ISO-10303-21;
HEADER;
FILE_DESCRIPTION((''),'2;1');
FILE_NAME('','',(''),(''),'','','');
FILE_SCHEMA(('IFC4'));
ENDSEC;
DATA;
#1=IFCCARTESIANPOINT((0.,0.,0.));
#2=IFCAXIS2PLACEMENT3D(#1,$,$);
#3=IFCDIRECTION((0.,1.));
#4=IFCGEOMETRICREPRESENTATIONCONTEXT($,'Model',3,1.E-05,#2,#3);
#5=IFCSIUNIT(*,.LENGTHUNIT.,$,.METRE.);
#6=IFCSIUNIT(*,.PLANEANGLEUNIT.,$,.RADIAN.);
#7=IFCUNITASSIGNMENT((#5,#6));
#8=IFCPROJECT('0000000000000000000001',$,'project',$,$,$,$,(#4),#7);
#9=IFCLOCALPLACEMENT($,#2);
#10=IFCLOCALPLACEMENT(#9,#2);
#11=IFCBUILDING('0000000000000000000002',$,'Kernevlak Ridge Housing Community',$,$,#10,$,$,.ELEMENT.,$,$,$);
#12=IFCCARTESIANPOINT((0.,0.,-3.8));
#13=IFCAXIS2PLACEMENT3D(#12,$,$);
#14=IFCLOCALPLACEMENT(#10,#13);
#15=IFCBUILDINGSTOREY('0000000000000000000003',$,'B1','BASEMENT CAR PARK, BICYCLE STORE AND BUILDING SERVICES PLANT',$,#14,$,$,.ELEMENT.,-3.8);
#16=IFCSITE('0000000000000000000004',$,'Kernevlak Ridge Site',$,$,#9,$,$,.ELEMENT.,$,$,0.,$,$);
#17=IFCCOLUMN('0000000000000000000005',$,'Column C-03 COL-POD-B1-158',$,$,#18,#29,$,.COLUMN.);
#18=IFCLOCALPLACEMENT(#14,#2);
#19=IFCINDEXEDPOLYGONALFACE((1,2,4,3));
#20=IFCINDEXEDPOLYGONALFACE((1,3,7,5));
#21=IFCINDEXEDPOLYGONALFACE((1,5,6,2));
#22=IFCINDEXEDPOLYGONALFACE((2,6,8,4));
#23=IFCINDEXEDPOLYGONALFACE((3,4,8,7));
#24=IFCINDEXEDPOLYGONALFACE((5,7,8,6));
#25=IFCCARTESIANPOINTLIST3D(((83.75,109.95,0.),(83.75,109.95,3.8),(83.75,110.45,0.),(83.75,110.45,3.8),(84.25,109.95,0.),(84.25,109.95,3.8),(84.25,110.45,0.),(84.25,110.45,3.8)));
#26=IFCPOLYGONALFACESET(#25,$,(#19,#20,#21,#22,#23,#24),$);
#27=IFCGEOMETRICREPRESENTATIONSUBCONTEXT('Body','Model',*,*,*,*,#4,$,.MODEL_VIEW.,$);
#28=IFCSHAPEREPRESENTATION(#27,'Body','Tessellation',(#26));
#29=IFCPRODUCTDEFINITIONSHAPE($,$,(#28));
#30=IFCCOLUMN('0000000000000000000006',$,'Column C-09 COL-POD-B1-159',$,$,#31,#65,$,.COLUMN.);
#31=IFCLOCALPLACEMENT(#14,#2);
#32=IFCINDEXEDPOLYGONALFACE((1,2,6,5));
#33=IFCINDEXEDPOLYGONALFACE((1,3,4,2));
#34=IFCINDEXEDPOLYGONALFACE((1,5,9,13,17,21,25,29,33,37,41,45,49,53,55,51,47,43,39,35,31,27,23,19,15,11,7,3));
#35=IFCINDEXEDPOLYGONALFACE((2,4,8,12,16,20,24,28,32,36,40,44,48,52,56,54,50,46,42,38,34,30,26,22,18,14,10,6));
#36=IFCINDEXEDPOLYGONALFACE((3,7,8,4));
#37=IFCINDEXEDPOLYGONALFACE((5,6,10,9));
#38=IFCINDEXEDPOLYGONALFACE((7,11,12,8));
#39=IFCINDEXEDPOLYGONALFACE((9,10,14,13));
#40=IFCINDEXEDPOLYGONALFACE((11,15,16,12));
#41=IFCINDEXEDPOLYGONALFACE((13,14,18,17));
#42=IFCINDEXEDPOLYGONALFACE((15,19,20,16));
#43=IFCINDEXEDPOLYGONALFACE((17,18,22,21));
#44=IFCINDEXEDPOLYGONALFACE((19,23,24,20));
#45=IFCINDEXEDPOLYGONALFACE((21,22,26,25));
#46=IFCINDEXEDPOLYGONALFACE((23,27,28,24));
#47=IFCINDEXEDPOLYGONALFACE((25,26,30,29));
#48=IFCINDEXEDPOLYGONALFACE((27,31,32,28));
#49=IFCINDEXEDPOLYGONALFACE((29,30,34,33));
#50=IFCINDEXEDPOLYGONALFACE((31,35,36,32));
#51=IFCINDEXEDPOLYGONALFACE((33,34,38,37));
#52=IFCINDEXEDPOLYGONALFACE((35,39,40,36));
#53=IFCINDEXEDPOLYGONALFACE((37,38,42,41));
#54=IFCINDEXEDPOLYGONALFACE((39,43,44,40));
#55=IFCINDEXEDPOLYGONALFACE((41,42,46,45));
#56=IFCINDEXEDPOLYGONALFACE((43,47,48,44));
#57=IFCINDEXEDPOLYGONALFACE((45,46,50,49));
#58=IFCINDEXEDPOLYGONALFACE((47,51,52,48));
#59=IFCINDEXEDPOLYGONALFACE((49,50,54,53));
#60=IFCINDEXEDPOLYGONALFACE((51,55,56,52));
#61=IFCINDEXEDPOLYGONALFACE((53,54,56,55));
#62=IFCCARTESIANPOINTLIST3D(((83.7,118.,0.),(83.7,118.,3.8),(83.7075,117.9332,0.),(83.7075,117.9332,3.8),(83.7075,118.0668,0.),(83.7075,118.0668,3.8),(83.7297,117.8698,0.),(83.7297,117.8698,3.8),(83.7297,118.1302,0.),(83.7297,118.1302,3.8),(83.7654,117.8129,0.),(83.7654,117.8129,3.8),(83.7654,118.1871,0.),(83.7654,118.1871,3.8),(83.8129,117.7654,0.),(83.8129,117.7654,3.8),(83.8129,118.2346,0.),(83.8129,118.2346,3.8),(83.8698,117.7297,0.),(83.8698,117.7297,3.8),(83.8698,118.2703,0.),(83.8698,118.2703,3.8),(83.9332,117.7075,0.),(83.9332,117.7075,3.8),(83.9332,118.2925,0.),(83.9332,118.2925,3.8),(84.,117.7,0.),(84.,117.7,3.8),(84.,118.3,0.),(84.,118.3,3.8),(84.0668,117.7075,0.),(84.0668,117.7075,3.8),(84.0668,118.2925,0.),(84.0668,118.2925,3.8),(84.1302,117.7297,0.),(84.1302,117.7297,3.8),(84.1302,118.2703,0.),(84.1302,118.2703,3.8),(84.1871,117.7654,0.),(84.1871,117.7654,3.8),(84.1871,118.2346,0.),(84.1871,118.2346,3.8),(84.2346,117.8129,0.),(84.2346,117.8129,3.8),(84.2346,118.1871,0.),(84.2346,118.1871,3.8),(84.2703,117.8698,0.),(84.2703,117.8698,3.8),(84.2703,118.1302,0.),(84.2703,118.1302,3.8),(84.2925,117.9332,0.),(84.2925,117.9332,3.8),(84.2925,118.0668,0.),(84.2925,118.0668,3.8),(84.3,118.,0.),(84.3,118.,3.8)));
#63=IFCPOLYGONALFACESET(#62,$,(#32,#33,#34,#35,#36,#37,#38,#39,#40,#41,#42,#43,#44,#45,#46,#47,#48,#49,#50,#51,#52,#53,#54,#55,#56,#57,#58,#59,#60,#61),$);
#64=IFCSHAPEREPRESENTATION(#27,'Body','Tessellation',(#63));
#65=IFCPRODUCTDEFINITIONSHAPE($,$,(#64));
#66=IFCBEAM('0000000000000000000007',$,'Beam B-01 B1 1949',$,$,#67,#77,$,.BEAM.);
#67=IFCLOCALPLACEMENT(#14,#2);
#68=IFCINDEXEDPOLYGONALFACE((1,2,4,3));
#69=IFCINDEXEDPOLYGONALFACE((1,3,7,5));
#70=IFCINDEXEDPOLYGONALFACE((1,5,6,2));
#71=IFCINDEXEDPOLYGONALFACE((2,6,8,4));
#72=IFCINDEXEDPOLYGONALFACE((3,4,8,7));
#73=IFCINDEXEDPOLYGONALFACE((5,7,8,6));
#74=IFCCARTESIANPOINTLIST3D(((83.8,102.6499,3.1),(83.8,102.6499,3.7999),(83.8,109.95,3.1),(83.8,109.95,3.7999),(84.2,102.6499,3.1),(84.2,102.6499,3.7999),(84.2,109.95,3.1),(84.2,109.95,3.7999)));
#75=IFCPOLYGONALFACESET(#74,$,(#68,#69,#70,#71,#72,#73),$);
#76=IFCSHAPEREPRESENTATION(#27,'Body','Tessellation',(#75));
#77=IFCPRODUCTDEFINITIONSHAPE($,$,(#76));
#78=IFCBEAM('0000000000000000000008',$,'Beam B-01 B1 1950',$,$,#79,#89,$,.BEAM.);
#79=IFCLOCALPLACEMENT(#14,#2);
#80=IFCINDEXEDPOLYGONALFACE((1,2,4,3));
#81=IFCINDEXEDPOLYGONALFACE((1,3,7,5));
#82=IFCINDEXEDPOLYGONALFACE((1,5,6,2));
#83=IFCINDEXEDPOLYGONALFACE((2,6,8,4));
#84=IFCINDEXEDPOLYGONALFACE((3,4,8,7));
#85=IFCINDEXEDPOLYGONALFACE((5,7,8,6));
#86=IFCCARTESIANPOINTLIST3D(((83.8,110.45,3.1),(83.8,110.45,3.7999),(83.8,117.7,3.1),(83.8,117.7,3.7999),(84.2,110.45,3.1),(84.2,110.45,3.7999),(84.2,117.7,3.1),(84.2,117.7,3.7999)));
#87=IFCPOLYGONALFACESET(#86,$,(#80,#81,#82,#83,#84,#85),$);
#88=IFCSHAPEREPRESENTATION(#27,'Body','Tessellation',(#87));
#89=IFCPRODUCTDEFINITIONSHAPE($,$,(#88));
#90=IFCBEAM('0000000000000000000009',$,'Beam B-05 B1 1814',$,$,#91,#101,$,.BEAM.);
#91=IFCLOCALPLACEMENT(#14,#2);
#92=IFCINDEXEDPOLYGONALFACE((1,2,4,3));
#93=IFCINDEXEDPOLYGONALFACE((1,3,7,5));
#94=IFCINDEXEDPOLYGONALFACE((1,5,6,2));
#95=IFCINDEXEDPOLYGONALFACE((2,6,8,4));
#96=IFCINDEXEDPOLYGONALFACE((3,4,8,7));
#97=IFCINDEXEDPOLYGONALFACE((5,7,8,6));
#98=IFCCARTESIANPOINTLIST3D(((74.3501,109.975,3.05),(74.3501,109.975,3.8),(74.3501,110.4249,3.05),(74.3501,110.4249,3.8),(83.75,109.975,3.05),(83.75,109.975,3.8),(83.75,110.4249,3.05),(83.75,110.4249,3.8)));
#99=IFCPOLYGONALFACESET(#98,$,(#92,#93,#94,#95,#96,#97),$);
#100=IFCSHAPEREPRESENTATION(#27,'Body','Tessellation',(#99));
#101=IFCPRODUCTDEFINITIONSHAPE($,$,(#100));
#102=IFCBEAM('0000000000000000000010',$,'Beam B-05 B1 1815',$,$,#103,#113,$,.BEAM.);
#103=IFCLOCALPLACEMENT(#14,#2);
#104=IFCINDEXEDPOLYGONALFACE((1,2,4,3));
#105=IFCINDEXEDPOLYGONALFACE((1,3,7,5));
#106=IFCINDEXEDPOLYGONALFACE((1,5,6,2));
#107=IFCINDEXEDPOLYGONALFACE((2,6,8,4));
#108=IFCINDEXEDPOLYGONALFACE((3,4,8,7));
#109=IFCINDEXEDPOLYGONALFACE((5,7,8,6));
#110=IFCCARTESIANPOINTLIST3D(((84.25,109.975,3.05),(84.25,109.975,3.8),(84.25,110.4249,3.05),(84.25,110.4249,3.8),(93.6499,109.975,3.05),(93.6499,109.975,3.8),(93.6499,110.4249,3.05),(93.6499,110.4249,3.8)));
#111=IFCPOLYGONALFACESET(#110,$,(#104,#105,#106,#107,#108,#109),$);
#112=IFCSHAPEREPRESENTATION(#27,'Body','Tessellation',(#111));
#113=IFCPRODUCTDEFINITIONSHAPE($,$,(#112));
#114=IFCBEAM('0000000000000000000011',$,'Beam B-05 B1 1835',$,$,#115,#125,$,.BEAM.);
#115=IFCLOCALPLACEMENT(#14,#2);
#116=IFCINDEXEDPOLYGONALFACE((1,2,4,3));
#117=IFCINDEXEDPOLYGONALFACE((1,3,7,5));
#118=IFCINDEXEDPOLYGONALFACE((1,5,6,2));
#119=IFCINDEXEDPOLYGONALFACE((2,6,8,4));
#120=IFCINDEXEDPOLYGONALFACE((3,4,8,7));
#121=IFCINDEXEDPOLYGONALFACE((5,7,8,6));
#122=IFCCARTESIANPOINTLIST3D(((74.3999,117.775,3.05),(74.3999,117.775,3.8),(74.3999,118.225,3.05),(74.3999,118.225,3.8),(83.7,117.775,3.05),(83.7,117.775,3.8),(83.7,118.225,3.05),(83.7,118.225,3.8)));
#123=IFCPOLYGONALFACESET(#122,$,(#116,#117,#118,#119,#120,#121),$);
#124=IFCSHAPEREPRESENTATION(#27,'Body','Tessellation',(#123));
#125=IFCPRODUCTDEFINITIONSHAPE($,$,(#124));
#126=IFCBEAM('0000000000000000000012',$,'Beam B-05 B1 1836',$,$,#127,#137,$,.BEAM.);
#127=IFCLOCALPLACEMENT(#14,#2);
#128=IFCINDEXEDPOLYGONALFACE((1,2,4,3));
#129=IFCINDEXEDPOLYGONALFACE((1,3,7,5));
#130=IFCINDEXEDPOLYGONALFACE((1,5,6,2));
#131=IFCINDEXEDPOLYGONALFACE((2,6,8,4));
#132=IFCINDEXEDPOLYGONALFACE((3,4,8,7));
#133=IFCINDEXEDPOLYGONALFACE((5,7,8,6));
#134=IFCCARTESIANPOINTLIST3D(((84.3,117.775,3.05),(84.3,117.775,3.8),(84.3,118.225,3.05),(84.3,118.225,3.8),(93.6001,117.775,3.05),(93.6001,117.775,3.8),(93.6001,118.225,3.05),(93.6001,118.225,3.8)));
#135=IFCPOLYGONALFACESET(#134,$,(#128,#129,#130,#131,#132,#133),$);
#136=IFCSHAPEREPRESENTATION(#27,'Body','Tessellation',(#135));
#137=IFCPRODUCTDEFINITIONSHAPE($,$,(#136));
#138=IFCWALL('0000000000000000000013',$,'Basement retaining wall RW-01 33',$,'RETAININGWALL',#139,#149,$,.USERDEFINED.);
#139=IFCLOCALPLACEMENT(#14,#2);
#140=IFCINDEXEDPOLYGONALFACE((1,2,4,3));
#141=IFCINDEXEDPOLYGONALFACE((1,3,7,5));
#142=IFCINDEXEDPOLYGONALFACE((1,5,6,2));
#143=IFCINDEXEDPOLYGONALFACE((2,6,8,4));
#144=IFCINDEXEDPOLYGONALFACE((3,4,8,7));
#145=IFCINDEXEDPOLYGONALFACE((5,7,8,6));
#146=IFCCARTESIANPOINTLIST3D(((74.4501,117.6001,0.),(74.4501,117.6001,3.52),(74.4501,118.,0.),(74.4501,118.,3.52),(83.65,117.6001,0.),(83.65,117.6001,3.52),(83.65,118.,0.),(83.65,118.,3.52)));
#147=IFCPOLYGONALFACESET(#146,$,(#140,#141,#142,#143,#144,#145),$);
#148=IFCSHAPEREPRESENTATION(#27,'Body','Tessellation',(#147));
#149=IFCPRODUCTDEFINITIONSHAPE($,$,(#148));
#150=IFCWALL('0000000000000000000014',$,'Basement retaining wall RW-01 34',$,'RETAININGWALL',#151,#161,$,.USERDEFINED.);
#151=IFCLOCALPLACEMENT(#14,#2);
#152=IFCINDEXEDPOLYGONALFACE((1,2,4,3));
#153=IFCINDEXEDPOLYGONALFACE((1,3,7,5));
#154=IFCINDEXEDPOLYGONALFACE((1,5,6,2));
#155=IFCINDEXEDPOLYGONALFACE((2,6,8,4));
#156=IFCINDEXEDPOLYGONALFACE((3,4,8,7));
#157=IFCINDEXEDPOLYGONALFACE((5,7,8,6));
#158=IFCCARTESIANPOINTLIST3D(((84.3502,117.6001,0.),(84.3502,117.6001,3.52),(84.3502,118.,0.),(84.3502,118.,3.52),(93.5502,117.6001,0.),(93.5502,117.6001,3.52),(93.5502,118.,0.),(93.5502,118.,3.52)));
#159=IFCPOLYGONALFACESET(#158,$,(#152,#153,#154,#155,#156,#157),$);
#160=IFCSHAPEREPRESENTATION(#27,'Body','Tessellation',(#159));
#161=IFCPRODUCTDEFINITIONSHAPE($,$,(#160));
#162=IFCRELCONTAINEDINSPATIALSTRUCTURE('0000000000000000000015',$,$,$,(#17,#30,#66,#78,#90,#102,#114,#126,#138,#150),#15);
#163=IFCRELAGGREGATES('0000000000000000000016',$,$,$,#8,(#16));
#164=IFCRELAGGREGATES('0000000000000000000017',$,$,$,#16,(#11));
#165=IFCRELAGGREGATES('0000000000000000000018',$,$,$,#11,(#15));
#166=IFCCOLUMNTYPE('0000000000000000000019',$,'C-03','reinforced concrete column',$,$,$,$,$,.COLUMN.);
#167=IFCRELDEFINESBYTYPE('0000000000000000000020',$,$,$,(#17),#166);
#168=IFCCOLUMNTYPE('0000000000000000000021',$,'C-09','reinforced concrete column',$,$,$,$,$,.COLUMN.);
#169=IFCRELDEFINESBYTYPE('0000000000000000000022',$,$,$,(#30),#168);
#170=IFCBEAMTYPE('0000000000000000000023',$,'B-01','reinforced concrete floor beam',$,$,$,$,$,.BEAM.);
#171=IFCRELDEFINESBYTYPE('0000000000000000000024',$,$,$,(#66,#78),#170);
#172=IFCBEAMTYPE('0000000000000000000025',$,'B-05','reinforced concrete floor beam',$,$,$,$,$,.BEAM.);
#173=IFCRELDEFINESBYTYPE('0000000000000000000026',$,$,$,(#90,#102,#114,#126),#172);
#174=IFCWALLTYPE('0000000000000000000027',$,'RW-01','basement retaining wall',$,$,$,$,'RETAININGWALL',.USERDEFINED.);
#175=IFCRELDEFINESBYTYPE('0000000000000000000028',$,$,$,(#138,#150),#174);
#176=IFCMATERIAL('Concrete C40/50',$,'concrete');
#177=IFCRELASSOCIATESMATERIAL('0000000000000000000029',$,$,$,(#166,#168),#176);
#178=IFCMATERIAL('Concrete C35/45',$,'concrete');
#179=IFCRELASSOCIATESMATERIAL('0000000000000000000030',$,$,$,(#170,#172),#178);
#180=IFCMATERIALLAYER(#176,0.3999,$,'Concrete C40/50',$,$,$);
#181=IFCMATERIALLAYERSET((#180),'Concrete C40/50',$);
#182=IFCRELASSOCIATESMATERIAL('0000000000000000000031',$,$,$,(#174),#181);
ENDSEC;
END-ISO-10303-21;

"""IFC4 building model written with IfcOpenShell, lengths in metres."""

from ifc_helpers import new_model, si_unit, direction, frame, frame_2d, origin, origin_2d, place, context, subcontext, project, spatial, rectangle, circle, extrude, material, layer, layer_set, material_profile, profile_set, type_object, element, save


model = new_model("IFC4")

# Units and contexts
model_context = context("Model", 3, precision=1e-05, world=origin(), true_north=direction((0.0, 1.0)))
body_context = subcontext(model_context, "Body", "Model", "MODEL_VIEW")
ifc_project = project(units=[si_unit("LENGTHUNIT", "METRE"), si_unit("PLANEANGLEUNIT", "RADIAN")], contexts=[model_context])

# Site, building, storey
site_placement = place(None, origin())
site = spatial("IfcSite", under=ifc_project, at=site_placement, Name="Kernevlak Ridge Site", CompositionType="ELEMENT", RefElevation=0.0)
building_placement = place(site_placement, origin())
building = spatial("IfcBuilding", under=site, at=building_placement, Name="Kernevlak Ridge Housing Community", CompositionType="ELEMENT")
storey_placement = place(building_placement, frame((0.0, 0.0, -3.8)))
storey = spatial("IfcBuildingStorey", under=building, at=storey_placement, Name="B1", Description="BASEMENT CAR PARK, BICYCLE STORE AND BUILDING SERVICES PLANT", CompositionType="ELEMENT", Elevation=-3.8)

# Shared definitions
ifc_material_1 = material(Name="Concrete C35/45", Category="concrete")

# Columns
ifc_material_2 = material(Name="Concrete C40/50", Category="concrete")
ifc_material_profile_1 = material_profile(ifc_material_2, rectangle(XDim=0.5, YDim=0.5, at=origin_2d()), Name="RC 500x500")
ifc_profile_set_1 = profile_set([ifc_material_profile_1], Name="Concrete C40/50")
column_type_1 = type_object("IfcColumnType", Name="C-03", Description="reinforced concrete column", PredefinedType="COLUMN", material=ifc_profile_set_1)
column_1_placement = place(storey_placement, frame((84.0, 110.2, 0.0), z_axis=(0.0, 0.0, 1.0), x_axis=(1.0, 0.0, 0.0)))
element("IfcColumn", 1, at=column_1_placement, inside=storey, type_object=column_type_1, Name="Column C-03 COL-POD-B1-158", PredefinedType="COLUMN", context=body_context, shape_type="SweptSolid", body=[
    extrude(rectangle(XDim=0.5, YDim=0.5, at=origin_2d()), origin(), (0.0, 0.0, 1.0), 3.8),
])
ifc_material_profile_2 = material_profile(ifc_material_2, circle(Radius=0.3, at=origin_2d()), Name="RC D600")
ifc_profile_set_2 = profile_set([ifc_material_profile_2], Name="Concrete C40/50")
column_type_2 = type_object("IfcColumnType", Name="C-09", Description="reinforced concrete column", PredefinedType="COLUMN", material=ifc_profile_set_2)
column_2_placement = place(storey_placement, frame((84.0, 118.0, 0.0), z_axis=(0.0, 0.0, 1.0), x_axis=(1.0, 0.0, 0.0)))
element("IfcColumn", 2, at=column_2_placement, inside=storey, type_object=column_type_2, Name="Column C-09 COL-POD-B1-159", PredefinedType="COLUMN", context=body_context, shape_type="SweptSolid", body=[
    extrude(circle(Radius=0.3, at=origin_2d()), origin(), (0.0, 0.0, 1.0), 3.8),
])

# Beams
ifc_material_profile_3 = material_profile(ifc_material_1, rectangle(XDim=0.3999, YDim=0.7, at=origin_2d()), Name="RC 400x700")
ifc_profile_set_3 = profile_set([ifc_material_profile_3], Name="Concrete C35/45")
beam_type_1 = type_object("IfcBeamType", Name="B-01", Description="reinforced concrete floor beam", PredefinedType="BEAM", material=ifc_profile_set_3)
beam_1_placement = place(storey_placement, frame((84.0, 102.6499, 3.45), z_axis=(0.0, 1.0, 0.0), x_axis=(-1.0, 0.0, 0.0)))
element("IfcBeam", 3, at=beam_1_placement, inside=storey, type_object=beam_type_1, Name="Beam B-01 B1 1949", PredefinedType="BEAM", context=body_context, shape_type="SweptSolid", body=[
    extrude(rectangle(XDim=0.3999, YDim=0.7, at=origin_2d()), origin(), (0.0, 0.0, 1.0), 7.3),
])
beam_2_placement = place(storey_placement, frame((84.0, 110.45, 3.45), z_axis=(0.0, 1.0, 0.0), x_axis=(-1.0, 0.0, 0.0)))
element("IfcBeam", 4, at=beam_2_placement, inside=storey, type_object=beam_type_1, Name="Beam B-01 B1 1950", PredefinedType="BEAM", context=body_context, shape_type="SweptSolid", body=[
    extrude(rectangle(XDim=0.3999, YDim=0.7, at=origin_2d()), origin(), (0.0, 0.0, 1.0), 7.25),
])
ifc_material_profile_4 = material_profile(ifc_material_1, rectangle(XDim=0.45, YDim=0.75, at=origin_2d()), Name="RC 450x750")
ifc_profile_set_4 = profile_set([ifc_material_profile_4], Name="Concrete C35/45")
beam_type_2 = type_object("IfcBeamType", Name="B-05", Description="reinforced concrete floor beam", PredefinedType="BEAM", material=ifc_profile_set_4)
for number, where, z_axis, x_axis, name in (
    (5, (74.3501, 110.2, 3.425), (1.0, 0.0, 0.0), (0.0, 1.0, 0.0), "Beam B-05 B1 1814"),
    (6, (84.25, 110.2, 3.425), (1.0, 0.0, 0.0), (0.0, 1.0, 0.0), "Beam B-05 B1 1815"),
):
    element("IfcBeam", number, at=place(storey_placement, frame(where, z_axis=z_axis, x_axis=x_axis)), inside=storey, type_object=beam_type_2, Name=name, PredefinedType="BEAM", context=body_context, shape_type="SweptSolid", body=[
        extrude(rectangle(XDim=0.45, YDim=0.75, at=origin_2d()), origin(), (0.0, 0.0, 1.0), 9.3999),
    ])
for number, where, z_axis, x_axis, name in (
    (7, (74.3999, 118.0, 3.425), (1.0, 0.0, 0.0), (0.0, 1.0, 0.0), "Beam B-05 B1 1835"),
    (8, (84.3, 118.0, 3.425), (1.0, 0.0, 0.0), (0.0, 1.0, 0.0), "Beam B-05 B1 1836"),
):
    element("IfcBeam", number, at=place(storey_placement, frame(where, z_axis=z_axis, x_axis=x_axis)), inside=storey, type_object=beam_type_2, Name=name, PredefinedType="BEAM", context=body_context, shape_type="SweptSolid", body=[
        extrude(rectangle(XDim=0.45, YDim=0.75, at=origin_2d()), origin(), (0.0, 0.0, 1.0), 9.3),
    ])

# Walls
ifc_layer = layer(ifc_material_2, 0.3999, Name="Concrete C40/50")
ifc_layer_set = layer_set([ifc_layer], Name="Concrete C40/50")
wall_type = type_object("IfcWallType", Name="RW-01", Description="basement retaining wall", ElementType="RETAININGWALL", PredefinedType="USERDEFINED", material=ifc_layer_set)
for number, where, z_axis, x_axis, name in (
    (9, (74.45, 117.8, 0.0), (0.0, 0.0, 1.0), (1.0, 0.0, 0.0), "Basement retaining wall RW-01 33"),
    (10, (84.3501, 117.8, 0.0), (0.0, 0.0, 1.0), (1.0, 0.0, 0.0), "Basement retaining wall RW-01 34"),
):
    element("IfcWall", number, at=place(storey_placement, frame(where, z_axis=z_axis, x_axis=x_axis)), inside=storey, type_object=wall_type, Name=name, ObjectType="RETAININGWALL", PredefinedType="USERDEFINED", context=body_context, shape_type="SweptSolid", body=[
        extrude(rectangle(XDim=9.2, YDim=0.3999, at=frame_2d((4.6001, 0.0))), origin(), (0.0, 0.0, 1.0), 3.52),
    ])

save(model, "model.ifc")
